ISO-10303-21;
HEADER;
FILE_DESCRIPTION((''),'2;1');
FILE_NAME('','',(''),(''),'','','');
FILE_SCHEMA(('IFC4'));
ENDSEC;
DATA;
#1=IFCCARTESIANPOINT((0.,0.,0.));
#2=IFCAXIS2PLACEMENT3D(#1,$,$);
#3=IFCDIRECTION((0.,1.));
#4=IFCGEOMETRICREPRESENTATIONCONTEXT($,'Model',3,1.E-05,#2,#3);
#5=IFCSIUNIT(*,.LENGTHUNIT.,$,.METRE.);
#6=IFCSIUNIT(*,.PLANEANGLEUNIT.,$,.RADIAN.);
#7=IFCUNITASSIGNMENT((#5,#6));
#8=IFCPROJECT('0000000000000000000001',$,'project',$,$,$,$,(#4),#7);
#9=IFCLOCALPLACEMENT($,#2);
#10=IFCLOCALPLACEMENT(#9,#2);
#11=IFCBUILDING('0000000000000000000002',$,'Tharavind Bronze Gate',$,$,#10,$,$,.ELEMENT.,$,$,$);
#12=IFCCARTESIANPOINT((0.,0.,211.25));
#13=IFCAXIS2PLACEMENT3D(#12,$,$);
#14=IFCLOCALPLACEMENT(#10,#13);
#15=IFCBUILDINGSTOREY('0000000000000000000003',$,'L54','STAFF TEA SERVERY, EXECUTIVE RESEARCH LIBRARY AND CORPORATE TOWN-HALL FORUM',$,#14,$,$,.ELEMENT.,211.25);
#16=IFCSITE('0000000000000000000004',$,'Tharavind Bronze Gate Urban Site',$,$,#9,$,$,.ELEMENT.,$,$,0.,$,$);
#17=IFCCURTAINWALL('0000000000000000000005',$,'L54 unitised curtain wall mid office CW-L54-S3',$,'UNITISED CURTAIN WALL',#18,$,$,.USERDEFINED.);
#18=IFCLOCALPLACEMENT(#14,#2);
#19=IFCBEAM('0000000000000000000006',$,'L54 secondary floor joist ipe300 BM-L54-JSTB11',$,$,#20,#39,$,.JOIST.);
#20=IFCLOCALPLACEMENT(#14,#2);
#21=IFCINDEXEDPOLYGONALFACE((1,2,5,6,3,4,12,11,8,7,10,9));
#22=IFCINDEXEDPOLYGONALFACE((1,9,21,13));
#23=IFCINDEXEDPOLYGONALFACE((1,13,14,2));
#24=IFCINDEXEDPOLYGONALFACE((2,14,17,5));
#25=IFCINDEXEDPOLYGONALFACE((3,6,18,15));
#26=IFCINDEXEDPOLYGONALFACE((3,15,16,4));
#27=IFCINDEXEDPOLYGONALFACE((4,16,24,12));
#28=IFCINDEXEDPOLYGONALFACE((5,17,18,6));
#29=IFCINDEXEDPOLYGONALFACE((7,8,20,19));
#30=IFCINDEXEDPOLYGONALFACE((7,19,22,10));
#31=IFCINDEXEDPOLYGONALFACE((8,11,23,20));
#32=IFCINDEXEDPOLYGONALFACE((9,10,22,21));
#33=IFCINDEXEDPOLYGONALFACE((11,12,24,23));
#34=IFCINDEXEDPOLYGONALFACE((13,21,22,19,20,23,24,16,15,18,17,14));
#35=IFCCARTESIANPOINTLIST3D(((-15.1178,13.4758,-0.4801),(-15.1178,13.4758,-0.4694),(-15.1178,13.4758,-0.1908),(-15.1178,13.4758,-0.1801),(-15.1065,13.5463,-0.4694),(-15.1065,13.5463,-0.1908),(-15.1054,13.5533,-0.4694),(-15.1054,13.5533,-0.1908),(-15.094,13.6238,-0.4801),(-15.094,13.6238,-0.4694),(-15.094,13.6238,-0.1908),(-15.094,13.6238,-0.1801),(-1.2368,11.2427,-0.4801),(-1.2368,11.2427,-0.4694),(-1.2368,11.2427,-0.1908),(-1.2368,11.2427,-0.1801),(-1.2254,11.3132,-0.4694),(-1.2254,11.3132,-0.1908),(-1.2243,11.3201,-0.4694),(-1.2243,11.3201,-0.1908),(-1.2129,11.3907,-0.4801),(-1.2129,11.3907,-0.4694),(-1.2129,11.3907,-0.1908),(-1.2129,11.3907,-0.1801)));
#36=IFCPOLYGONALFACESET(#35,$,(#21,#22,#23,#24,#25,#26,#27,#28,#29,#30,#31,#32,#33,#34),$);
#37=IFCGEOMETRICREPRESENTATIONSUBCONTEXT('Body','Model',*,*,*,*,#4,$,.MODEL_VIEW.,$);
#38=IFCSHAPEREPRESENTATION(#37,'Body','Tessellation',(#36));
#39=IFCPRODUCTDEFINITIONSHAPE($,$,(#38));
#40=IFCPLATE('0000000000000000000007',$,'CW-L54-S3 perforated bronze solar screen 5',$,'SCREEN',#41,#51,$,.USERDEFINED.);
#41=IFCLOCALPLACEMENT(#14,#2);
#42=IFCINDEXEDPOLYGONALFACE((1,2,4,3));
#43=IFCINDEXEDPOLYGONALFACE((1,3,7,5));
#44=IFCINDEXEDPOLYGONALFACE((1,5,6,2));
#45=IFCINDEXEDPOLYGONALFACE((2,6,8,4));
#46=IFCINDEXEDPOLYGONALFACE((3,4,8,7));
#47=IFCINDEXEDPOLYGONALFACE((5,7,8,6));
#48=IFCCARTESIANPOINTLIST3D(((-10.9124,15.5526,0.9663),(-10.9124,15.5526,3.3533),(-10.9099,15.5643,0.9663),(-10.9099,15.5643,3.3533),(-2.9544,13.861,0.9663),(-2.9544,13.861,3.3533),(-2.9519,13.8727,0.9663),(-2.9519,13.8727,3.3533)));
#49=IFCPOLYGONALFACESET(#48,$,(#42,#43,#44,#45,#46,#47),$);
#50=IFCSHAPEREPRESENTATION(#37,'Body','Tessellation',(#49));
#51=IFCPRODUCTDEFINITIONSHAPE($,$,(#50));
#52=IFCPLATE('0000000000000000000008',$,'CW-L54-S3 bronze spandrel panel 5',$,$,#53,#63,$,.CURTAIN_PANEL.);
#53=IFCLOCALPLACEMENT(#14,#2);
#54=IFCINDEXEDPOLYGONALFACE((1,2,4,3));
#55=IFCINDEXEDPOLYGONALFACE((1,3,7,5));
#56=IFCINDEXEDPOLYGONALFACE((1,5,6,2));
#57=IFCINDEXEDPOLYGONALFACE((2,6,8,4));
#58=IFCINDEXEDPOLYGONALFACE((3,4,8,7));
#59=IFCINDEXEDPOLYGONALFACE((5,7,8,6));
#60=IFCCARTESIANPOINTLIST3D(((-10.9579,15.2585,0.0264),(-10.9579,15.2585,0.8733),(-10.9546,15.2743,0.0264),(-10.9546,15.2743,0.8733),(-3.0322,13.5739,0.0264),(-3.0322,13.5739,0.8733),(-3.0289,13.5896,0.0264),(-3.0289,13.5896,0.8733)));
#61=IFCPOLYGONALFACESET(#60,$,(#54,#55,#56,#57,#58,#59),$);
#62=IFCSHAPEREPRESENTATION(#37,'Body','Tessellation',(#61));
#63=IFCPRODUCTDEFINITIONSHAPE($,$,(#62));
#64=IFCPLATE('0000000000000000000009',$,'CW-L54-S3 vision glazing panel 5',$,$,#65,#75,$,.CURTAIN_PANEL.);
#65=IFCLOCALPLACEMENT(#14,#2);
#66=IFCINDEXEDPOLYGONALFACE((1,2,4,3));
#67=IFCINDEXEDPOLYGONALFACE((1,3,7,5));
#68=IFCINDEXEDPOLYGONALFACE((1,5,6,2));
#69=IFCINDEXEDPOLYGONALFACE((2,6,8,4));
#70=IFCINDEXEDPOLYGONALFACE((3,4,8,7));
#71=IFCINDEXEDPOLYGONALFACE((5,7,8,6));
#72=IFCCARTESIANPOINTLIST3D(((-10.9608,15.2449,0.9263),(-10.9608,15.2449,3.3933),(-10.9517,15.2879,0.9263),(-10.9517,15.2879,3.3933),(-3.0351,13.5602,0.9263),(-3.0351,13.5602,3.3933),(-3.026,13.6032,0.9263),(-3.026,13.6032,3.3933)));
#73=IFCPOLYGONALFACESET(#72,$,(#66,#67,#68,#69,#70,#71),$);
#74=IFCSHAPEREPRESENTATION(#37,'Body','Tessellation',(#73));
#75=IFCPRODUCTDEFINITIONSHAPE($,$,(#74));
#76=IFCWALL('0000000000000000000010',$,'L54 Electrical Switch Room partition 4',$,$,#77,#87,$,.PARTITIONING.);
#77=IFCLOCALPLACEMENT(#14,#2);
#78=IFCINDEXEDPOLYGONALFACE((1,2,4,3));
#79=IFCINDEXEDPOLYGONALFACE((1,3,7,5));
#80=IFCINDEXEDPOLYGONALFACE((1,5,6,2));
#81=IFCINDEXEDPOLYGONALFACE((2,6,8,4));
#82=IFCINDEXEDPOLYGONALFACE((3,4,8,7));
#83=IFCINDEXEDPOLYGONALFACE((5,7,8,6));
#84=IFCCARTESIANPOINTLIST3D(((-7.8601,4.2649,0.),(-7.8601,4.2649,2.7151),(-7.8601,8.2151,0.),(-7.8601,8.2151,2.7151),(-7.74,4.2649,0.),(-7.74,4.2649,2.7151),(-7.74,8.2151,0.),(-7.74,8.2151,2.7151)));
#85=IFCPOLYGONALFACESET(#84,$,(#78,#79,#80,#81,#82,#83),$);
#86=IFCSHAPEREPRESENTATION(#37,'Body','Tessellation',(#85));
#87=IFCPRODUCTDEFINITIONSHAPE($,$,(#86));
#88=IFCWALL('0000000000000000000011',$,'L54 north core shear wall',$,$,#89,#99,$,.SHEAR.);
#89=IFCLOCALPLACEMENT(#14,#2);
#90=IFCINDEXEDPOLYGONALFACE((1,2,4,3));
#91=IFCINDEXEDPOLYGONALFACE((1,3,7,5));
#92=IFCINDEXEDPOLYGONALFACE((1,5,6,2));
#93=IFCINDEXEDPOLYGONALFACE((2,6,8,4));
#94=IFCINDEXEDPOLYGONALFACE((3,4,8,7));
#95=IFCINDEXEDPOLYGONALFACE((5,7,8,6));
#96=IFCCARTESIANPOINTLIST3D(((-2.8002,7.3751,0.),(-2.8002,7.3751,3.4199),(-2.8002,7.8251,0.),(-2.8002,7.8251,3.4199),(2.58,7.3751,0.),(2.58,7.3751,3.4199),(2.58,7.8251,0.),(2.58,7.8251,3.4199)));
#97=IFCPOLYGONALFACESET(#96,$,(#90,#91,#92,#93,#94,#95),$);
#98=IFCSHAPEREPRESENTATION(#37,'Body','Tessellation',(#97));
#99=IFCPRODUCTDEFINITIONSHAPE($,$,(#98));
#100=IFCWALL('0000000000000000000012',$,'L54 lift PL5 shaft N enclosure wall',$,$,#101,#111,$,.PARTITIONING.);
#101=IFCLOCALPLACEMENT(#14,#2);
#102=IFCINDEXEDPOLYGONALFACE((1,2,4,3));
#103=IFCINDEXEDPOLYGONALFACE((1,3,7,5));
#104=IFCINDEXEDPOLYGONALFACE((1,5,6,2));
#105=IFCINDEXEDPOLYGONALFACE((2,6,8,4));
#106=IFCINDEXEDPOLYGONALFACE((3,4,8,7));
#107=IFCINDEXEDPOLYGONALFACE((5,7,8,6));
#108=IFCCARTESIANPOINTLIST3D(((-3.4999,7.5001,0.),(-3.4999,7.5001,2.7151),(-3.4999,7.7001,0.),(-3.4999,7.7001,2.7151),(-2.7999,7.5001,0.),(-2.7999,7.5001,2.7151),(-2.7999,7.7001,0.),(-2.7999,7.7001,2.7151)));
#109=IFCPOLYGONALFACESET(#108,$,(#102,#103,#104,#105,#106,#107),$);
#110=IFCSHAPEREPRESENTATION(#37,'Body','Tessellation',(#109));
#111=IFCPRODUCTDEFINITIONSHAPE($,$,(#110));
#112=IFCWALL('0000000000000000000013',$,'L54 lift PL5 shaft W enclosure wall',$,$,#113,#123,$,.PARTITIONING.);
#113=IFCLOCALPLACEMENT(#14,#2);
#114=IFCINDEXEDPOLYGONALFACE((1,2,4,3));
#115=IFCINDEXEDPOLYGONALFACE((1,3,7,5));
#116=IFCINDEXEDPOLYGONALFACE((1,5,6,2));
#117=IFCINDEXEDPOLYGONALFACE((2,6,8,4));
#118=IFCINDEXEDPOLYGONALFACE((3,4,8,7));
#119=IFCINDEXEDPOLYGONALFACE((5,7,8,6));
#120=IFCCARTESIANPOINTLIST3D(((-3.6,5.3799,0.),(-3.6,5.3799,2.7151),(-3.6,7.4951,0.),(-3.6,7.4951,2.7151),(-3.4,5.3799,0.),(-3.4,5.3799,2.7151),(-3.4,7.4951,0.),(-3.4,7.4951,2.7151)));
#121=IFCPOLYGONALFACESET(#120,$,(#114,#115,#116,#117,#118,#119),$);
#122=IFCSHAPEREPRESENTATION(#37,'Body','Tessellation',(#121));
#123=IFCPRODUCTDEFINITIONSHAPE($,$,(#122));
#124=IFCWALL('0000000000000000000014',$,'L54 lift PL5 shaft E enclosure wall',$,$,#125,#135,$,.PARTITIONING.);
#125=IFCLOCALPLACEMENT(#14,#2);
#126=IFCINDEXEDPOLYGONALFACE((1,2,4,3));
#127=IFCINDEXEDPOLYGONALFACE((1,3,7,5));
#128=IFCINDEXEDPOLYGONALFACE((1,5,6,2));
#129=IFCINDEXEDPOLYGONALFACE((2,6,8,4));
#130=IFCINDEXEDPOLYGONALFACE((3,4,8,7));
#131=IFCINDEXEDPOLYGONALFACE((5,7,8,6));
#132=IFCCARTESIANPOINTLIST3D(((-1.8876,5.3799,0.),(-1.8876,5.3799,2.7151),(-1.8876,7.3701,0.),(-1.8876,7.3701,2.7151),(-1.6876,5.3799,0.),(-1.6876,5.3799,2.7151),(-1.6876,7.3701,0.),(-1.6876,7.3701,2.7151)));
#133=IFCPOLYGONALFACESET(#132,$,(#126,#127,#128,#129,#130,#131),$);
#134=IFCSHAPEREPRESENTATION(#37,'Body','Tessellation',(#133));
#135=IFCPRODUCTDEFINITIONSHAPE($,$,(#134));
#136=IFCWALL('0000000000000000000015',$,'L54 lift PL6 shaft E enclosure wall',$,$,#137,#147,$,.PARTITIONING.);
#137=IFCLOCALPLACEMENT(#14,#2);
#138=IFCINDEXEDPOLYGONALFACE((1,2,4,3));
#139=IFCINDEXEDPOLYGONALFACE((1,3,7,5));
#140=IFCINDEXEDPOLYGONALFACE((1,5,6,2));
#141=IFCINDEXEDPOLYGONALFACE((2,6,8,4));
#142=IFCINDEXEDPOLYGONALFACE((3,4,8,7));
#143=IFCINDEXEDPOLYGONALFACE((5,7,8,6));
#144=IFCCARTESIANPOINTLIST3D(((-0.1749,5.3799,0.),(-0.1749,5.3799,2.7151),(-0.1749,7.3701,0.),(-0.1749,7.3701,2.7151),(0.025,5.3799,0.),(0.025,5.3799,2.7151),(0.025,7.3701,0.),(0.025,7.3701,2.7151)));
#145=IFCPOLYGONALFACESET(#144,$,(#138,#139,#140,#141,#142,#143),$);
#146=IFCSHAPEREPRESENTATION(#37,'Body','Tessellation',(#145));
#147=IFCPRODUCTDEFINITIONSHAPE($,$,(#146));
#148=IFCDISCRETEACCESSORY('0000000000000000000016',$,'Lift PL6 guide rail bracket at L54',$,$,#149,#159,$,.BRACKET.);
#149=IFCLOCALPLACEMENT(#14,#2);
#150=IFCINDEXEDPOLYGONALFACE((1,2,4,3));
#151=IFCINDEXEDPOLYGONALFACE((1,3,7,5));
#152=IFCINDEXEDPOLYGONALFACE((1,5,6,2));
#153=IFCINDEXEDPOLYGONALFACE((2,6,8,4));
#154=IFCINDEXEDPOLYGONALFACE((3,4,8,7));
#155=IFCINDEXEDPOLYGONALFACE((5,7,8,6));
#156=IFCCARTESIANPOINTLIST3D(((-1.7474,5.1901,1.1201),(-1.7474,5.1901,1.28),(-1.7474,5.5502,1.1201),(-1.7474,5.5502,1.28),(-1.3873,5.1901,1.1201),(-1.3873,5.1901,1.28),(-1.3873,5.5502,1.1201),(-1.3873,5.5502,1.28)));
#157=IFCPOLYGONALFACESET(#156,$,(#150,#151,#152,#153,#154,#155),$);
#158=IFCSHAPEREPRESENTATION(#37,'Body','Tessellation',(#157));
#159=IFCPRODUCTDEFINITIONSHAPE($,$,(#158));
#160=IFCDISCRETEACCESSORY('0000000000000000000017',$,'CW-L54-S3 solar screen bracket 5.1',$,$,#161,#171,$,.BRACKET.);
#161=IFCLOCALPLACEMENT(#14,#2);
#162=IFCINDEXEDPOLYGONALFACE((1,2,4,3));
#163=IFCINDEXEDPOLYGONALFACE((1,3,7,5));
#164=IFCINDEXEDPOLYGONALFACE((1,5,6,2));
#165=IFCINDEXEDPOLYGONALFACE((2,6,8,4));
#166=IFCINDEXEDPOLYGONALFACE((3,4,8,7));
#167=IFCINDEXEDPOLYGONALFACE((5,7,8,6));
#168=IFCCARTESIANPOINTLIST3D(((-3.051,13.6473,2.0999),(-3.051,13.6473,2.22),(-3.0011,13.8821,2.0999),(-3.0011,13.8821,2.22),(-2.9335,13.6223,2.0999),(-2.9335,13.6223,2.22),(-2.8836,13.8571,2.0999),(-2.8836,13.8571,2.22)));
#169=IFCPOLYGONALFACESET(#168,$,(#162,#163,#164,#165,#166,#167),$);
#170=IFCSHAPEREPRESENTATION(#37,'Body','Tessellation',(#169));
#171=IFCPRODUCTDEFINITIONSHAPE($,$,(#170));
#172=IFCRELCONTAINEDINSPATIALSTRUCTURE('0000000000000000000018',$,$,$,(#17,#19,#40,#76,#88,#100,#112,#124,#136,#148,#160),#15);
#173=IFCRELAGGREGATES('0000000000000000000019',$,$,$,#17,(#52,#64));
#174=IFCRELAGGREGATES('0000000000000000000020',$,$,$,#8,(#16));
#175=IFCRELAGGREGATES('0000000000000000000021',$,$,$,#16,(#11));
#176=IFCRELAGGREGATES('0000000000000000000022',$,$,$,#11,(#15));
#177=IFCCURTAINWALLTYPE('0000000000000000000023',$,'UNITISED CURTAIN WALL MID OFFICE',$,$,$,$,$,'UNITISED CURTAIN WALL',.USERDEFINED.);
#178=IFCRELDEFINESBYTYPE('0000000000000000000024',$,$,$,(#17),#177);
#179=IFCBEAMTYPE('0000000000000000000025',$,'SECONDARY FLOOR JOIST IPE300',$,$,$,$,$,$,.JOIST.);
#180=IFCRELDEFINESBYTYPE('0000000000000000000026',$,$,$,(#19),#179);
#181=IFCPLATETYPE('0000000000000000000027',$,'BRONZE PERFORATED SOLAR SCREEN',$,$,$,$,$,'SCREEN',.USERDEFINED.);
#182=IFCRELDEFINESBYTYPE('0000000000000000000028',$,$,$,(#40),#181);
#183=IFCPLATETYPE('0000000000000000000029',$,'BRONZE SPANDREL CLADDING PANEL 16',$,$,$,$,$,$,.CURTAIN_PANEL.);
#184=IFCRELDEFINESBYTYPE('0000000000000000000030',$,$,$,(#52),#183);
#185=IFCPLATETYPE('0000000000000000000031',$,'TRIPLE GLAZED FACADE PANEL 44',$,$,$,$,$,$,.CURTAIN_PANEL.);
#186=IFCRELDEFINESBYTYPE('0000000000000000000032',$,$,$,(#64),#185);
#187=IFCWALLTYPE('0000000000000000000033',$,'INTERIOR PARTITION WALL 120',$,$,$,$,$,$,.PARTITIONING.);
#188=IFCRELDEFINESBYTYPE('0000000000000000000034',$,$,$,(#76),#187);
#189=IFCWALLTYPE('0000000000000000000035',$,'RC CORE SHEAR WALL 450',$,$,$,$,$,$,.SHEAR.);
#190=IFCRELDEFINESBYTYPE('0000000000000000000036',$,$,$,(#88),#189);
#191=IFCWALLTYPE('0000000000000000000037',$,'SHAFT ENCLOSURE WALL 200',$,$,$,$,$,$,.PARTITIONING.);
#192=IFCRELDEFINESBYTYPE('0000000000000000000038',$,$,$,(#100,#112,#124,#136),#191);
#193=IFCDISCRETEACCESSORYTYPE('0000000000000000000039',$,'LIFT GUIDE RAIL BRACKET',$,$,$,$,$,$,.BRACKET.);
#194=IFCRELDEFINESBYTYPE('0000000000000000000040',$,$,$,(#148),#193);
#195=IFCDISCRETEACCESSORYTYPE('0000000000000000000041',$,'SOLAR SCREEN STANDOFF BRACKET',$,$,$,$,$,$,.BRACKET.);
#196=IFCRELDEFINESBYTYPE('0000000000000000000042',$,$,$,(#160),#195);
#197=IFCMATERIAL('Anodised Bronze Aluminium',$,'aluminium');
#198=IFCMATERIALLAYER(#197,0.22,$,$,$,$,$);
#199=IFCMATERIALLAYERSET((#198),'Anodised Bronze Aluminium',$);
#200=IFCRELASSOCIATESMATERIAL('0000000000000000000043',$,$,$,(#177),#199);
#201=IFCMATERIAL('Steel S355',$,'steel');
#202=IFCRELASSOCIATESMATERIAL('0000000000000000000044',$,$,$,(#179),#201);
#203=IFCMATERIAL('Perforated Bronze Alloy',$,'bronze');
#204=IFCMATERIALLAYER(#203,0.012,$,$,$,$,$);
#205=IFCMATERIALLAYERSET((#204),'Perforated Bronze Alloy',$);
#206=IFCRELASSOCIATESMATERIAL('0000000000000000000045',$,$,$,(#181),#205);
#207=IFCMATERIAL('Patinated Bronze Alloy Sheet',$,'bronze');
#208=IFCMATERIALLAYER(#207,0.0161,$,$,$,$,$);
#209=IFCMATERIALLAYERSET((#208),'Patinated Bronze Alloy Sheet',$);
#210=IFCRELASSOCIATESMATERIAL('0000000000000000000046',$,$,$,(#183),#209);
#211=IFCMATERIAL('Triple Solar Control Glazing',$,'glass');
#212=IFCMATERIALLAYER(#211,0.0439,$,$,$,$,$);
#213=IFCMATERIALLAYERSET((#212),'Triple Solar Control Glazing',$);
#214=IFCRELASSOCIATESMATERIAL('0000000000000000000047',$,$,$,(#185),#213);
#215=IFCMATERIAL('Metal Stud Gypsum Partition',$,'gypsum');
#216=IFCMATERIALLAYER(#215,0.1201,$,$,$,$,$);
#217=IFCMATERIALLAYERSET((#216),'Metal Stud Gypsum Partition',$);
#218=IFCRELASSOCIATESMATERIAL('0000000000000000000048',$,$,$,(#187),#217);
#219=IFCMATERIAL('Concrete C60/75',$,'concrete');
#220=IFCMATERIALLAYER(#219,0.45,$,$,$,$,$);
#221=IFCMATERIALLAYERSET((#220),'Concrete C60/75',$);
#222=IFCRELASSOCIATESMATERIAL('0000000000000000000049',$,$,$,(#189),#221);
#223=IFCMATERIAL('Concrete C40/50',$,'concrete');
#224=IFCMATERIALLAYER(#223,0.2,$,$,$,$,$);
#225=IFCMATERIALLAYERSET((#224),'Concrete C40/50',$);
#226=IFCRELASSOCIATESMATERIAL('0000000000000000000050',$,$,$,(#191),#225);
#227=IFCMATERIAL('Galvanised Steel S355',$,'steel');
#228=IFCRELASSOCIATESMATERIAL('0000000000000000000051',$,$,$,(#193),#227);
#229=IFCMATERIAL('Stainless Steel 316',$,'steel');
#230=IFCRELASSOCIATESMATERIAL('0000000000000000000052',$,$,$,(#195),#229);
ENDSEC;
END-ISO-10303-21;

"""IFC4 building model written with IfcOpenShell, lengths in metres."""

from ifc_helpers import new_model, si_unit, direction, frame, frame_2d, origin, origin_2d, place, context, subcontext, project, spatial, rectangle, i_section, extrude, material, layer, layer_set, material_profile, profile_set, type_object, element, aggregate, save


model = new_model("IFC4")

# Units and contexts
model_context = context("Model", 3, precision=1e-05, world=origin(), true_north=direction((0.0, 1.0)))
body_context = subcontext(model_context, "Body", "Model", "MODEL_VIEW")
ifc_project = project(units=[si_unit("LENGTHUNIT", "METRE"), si_unit("PLANEANGLEUNIT", "RADIAN")], contexts=[model_context])

# Site, building, storey
site_placement = place(None, origin())
site = spatial("IfcSite", under=ifc_project, at=site_placement, Name="Tharavind Bronze Gate Urban Site", CompositionType="ELEMENT", RefElevation=0.0)
building_placement = place(site_placement, origin())
building = spatial("IfcBuilding", under=site, at=building_placement, Name="Tharavind Bronze Gate", CompositionType="ELEMENT")
storey_placement = place(building_placement, frame((0.0, 0.0, 211.25)))
storey = spatial("IfcBuildingStorey", under=building, at=storey_placement, Name="L54", Description="STAFF TEA SERVERY, EXECUTIVE RESEARCH LIBRARY AND CORPORATE TOWN-HALL FORUM", CompositionType="ELEMENT", Elevation=211.25)

# Curtain wall
ifc_material_1 = material(Name="Anodised Bronze Aluminium", Category="aluminium")
ifc_layer_1 = layer(ifc_material_1, 0.22)
ifc_layer_set_1 = layer_set([ifc_layer_1], Name="Anodised Bronze Aluminium")
curtain_wall_type = type_object("IfcCurtainWallType", Name="UNITISED CURTAIN WALL MID OFFICE", ElementType="UNITISED CURTAIN WALL", PredefinedType="USERDEFINED", material=ifc_layer_set_1)
curtain_wall_placement = place(storey_placement, origin())
curtain_wall = element("IfcCurtainWall", 1, at=curtain_wall_placement, inside=storey, type_object=curtain_wall_type, Name="L54 unitised curtain wall mid office CW-L54-S3", ObjectType="UNITISED CURTAIN WALL", PredefinedType="USERDEFINED")

# Beam
ifc_material_2 = material(Name="Steel S355", Category="steel")
ifc_material_profile_1 = material_profile(ifc_material_2, i_section(OverallWidth=0.1499, OverallDepth=0.3, WebThickness=0.0071, FlangeThickness=0.0107, at=origin_2d()), Name="IPE300")
ifc_profile_set_1 = profile_set([ifc_material_profile_1], Name="Steel S355")
beam_type_1 = type_object("IfcBeamType", Name="SECONDARY FLOOR JOIST IPE300", PredefinedType="JOIST", material=ifc_profile_set_1)
beam_1_placement = place(storey_placement, frame((-1.2249, 11.3167, -0.3301), z_axis=(-0.987305, 0.158835, 0.0), x_axis=(-0.158835, -0.987305, 0.0)))
element("IfcBeam", 2, at=beam_1_placement, inside=storey, type_object=beam_type_1, Name="L54 secondary floor joist ipe300 BM-L54-JSTB11", PredefinedType="JOIST", context=body_context, shape_type="SweptSolid", body=[
    extrude(i_section(OverallWidth=0.1499, OverallDepth=0.3, WebThickness=0.0071, FlangeThickness=0.0107, at=origin_2d()), origin(), (0.0, 0.0, 1.0), 14.0596),
])

# Plates
ifc_material_3 = material(Name="Perforated Bronze Alloy", Category="bronze")
ifc_layer_2 = layer(ifc_material_3, 0.012)
ifc_layer_set_2 = layer_set([ifc_layer_2], Name="Perforated Bronze Alloy")
plate_type_1 = type_object("IfcPlateType", Name="BRONZE PERFORATED SOLAR SCREEN", ElementType="SCREEN", PredefinedType="USERDEFINED", material=ifc_layer_set_2)
plate_1_placement = place(storey_placement, frame((-6.9321, 14.7126, 0.9663), z_axis=(0.0, 0.0, 1.0), x_axis=(-0.978148, 0.207912, 0.0)))
element("IfcPlate", 3, at=plate_1_placement, inside=storey, type_object=plate_type_1, Name="CW-L54-S3 perforated bronze solar screen 5", ObjectType="SCREEN", PredefinedType="USERDEFINED", context=body_context, shape_type="SweptSolid", body=[
    extrude(rectangle(XDim=8.1357, YDim=0.012, at=origin_2d()), origin(), (0.0, 0.0, 1.0), 2.387),
])
ifc_material_4 = material(Name="Patinated Bronze Alloy Sheet", Category="bronze")
ifc_layer_3 = layer(ifc_material_4, 0.0161)
ifc_layer_set_3 = layer_set([ifc_layer_3], Name="Patinated Bronze Alloy Sheet")
plate_type_2 = type_object("IfcPlateType", Name="BRONZE SPANDREL CLADDING PANEL 16", PredefinedType="CURTAIN_PANEL", material=ifc_layer_set_3)
plate_2_placement = place(storey_placement, frame((-6.9934, 14.4241, 0.0264), z_axis=(0.0, 0.0, 1.0), x_axis=(-0.978148, 0.207912, 0.0)))
plate_2 = element("IfcPlate", 4, at=plate_2_placement, type_object=plate_type_2, Name="CW-L54-S3 bronze spandrel panel 5", PredefinedType="CURTAIN_PANEL", context=body_context, shape_type="SweptSolid", body=[
    extrude(rectangle(XDim=8.1028, YDim=0.0161, at=origin_2d()), origin(), (0.0, 0.0, 1.0), 0.8469),
])
ifc_material_5 = material(Name="Triple Solar Control Glazing", Category="glass")
ifc_layer_4 = layer(ifc_material_5, 0.0439)
ifc_layer_set_4 = layer_set([ifc_layer_4], Name="Triple Solar Control Glazing")
plate_type_3 = type_object("IfcPlateType", Name="TRIPLE GLAZED FACADE PANEL 44", PredefinedType="CURTAIN_PANEL", material=ifc_layer_set_4)
plate_3_placement = place(storey_placement, frame((-6.9934, 14.4241, 0.9263), z_axis=(0.0, 0.0, 1.0), x_axis=(-0.978148, 0.207912, 0.0)))
plate_3 = element("IfcPlate", 5, at=plate_3_placement, type_object=plate_type_3, Name="CW-L54-S3 vision glazing panel 5", PredefinedType="CURTAIN_PANEL", context=body_context, shape_type="SweptSolid", body=[
    extrude(rectangle(XDim=8.1028, YDim=0.0439, at=origin_2d()), origin(), (0.0, 0.0, 1.0), 2.467),
])
aggregate(curtain_wall, [plate_2, plate_3])

# Walls
ifc_material_6 = material(Name="Metal Stud Gypsum Partition", Category="gypsum")
ifc_layer_5 = layer(ifc_material_6, 0.1201)
ifc_layer_set_5 = layer_set([ifc_layer_5], Name="Metal Stud Gypsum Partition")
wall_type_1 = type_object("IfcWallType", Name="INTERIOR PARTITION WALL 120", PredefinedType="PARTITIONING", material=ifc_layer_set_5)
wall_1_placement = place(storey_placement, frame((-7.8, 8.2151, 0.0), z_axis=(0.0, 0.0, 1.0), x_axis=(0.0, -1.0, 0.0)))
element("IfcWall", 6, at=wall_1_placement, inside=storey, type_object=wall_type_1, Name="L54 Electrical Switch Room partition 4", PredefinedType="PARTITIONING", context=body_context, shape_type="SweptSolid", body=[
    extrude(rectangle(XDim=3.9502, YDim=0.1201, at=frame_2d((1.9751, 0.0))), origin(), (0.0, 0.0, 1.0), 2.7151),
])
ifc_material_7 = material(Name="Concrete C60/75", Category="concrete")
ifc_layer_6 = layer(ifc_material_7, 0.45)
ifc_layer_set_6 = layer_set([ifc_layer_6], Name="Concrete C60/75")
wall_type_2 = type_object("IfcWallType", Name="RC CORE SHEAR WALL 450", PredefinedType="SHEAR", material=ifc_layer_set_6)
wall_2_placement = place(storey_placement, frame((-2.8, 7.6001, 0.0), z_axis=(0.0, 0.0, 1.0), x_axis=(1.0, 0.0, 0.0)))
element("IfcWall", 7, at=wall_2_placement, inside=storey, type_object=wall_type_2, Name="L54 north core shear wall", PredefinedType="SHEAR", context=body_context, shape_type="SweptSolid", body=[
    extrude(rectangle(XDim=5.3801, YDim=0.45, at=frame_2d((2.6899, 0.0))), origin(), (0.0, 0.0, 1.0), 3.4199),
])
ifc_material_8 = material(Name="Concrete C40/50", Category="concrete")
ifc_layer_7 = layer(ifc_material_8, 0.2)
ifc_layer_set_7 = layer_set([ifc_layer_7], Name="Concrete C40/50")
wall_type_3 = type_object("IfcWallType", Name="SHAFT ENCLOSURE WALL 200", PredefinedType="PARTITIONING", material=ifc_layer_set_7)
wall_3_placement = place(storey_placement, frame((-3.5, 7.6001, 0.0), z_axis=(0.0, 0.0, 1.0), x_axis=(1.0, 0.0, 0.0)))
element("IfcWall", 8, at=wall_3_placement, inside=storey, type_object=wall_type_3, Name="L54 lift PL5 shaft N enclosure wall", PredefinedType="PARTITIONING", context=body_context, shape_type="SweptSolid", body=[
    extrude(rectangle(XDim=0.7, YDim=0.2, at=frame_2d((0.3501, 0.0))), origin(), (0.0, 0.0, 1.0), 2.7151),
])
wall_4_placement = place(storey_placement, frame((-3.5, 5.3799, 0.0), z_axis=(0.0, 0.0, 1.0), x_axis=(0.0, 1.0, 0.0)))
element("IfcWall", 9, at=wall_4_placement, inside=storey, type_object=wall_type_3, Name="L54 lift PL5 shaft W enclosure wall", PredefinedType="PARTITIONING", context=body_context, shape_type="SweptSolid", body=[
    extrude(rectangle(XDim=2.1152, YDim=0.2, at=frame_2d((1.0576, 0.0))), origin(), (0.0, 0.0, 1.0), 2.7151),
])
for number, where, z_axis, x_axis, name in (
    (10, (-1.7876, 5.3799, 0.0), (0.0, 0.0, 1.0), (0.0, 1.0, 0.0), "L54 lift PL5 shaft E enclosure wall"),
    (11, (-0.075, 5.3799, 0.0), (0.0, 0.0, 1.0), (0.0, 1.0, 0.0), "L54 lift PL6 shaft E enclosure wall"),
):
    element("IfcWall", number, at=place(storey_placement, frame(where, z_axis=z_axis, x_axis=x_axis)), inside=storey, type_object=wall_type_3, Name=name, PredefinedType="PARTITIONING", context=body_context, shape_type="SweptSolid", body=[
        extrude(rectangle(XDim=1.9902, YDim=0.2, at=frame_2d((0.9951, 0.0))), origin(), (0.0, 0.0, 1.0), 2.7151),
    ])

# Discrete accessories
ifc_material_9 = material(Name="Galvanised Steel S355", Category="steel")
discrete_accessory_type_1 = type_object("IfcDiscreteAccessoryType", Name="LIFT GUIDE RAIL BRACKET", PredefinedType="BRACKET", material=ifc_material_9)
discrete_accessory_1_placement = place(storey_placement, frame((-1.5674, 5.3701, 1.1201), z_axis=(0.0, 0.0, 1.0), x_axis=(1.0, 0.0, 0.0)))
element("IfcDiscreteAccessory", 12, at=discrete_accessory_1_placement, inside=storey, type_object=discrete_accessory_type_1, Name="Lift PL6 guide rail bracket at L54", PredefinedType="BRACKET", context=body_context, shape_type="SweptSolid", body=[
    extrude(rectangle(XDim=0.3601, YDim=0.3601, at=origin_2d()), origin(), (0.0, 0.0, 1.0), 0.1599),
])
ifc_material_10 = material(Name="Stainless Steel 316", Category="steel")
discrete_accessory_type_2 = type_object("IfcDiscreteAccessoryType", Name="SOLAR SCREEN STANDOFF BRACKET", PredefinedType="BRACKET", material=ifc_material_10)
discrete_accessory_2_placement = place(storey_placement, frame((-2.9673, 13.7522, 2.0999), z_axis=(0.0, 0.0, 1.0), x_axis=(-0.978148, 0.207912, 0.0)))
element("IfcDiscreteAccessory", 13, at=discrete_accessory_2_placement, inside=storey, type_object=discrete_accessory_type_2, Name="CW-L54-S3 solar screen bracket 5.1", PredefinedType="BRACKET", context=body_context, shape_type="SweptSolid", body=[
    extrude(rectangle(XDim=0.1201, YDim=0.24, at=origin_2d()), origin(), (0.0, 0.0, 1.0), 0.1201),
])

save(model, "model.ifc")
